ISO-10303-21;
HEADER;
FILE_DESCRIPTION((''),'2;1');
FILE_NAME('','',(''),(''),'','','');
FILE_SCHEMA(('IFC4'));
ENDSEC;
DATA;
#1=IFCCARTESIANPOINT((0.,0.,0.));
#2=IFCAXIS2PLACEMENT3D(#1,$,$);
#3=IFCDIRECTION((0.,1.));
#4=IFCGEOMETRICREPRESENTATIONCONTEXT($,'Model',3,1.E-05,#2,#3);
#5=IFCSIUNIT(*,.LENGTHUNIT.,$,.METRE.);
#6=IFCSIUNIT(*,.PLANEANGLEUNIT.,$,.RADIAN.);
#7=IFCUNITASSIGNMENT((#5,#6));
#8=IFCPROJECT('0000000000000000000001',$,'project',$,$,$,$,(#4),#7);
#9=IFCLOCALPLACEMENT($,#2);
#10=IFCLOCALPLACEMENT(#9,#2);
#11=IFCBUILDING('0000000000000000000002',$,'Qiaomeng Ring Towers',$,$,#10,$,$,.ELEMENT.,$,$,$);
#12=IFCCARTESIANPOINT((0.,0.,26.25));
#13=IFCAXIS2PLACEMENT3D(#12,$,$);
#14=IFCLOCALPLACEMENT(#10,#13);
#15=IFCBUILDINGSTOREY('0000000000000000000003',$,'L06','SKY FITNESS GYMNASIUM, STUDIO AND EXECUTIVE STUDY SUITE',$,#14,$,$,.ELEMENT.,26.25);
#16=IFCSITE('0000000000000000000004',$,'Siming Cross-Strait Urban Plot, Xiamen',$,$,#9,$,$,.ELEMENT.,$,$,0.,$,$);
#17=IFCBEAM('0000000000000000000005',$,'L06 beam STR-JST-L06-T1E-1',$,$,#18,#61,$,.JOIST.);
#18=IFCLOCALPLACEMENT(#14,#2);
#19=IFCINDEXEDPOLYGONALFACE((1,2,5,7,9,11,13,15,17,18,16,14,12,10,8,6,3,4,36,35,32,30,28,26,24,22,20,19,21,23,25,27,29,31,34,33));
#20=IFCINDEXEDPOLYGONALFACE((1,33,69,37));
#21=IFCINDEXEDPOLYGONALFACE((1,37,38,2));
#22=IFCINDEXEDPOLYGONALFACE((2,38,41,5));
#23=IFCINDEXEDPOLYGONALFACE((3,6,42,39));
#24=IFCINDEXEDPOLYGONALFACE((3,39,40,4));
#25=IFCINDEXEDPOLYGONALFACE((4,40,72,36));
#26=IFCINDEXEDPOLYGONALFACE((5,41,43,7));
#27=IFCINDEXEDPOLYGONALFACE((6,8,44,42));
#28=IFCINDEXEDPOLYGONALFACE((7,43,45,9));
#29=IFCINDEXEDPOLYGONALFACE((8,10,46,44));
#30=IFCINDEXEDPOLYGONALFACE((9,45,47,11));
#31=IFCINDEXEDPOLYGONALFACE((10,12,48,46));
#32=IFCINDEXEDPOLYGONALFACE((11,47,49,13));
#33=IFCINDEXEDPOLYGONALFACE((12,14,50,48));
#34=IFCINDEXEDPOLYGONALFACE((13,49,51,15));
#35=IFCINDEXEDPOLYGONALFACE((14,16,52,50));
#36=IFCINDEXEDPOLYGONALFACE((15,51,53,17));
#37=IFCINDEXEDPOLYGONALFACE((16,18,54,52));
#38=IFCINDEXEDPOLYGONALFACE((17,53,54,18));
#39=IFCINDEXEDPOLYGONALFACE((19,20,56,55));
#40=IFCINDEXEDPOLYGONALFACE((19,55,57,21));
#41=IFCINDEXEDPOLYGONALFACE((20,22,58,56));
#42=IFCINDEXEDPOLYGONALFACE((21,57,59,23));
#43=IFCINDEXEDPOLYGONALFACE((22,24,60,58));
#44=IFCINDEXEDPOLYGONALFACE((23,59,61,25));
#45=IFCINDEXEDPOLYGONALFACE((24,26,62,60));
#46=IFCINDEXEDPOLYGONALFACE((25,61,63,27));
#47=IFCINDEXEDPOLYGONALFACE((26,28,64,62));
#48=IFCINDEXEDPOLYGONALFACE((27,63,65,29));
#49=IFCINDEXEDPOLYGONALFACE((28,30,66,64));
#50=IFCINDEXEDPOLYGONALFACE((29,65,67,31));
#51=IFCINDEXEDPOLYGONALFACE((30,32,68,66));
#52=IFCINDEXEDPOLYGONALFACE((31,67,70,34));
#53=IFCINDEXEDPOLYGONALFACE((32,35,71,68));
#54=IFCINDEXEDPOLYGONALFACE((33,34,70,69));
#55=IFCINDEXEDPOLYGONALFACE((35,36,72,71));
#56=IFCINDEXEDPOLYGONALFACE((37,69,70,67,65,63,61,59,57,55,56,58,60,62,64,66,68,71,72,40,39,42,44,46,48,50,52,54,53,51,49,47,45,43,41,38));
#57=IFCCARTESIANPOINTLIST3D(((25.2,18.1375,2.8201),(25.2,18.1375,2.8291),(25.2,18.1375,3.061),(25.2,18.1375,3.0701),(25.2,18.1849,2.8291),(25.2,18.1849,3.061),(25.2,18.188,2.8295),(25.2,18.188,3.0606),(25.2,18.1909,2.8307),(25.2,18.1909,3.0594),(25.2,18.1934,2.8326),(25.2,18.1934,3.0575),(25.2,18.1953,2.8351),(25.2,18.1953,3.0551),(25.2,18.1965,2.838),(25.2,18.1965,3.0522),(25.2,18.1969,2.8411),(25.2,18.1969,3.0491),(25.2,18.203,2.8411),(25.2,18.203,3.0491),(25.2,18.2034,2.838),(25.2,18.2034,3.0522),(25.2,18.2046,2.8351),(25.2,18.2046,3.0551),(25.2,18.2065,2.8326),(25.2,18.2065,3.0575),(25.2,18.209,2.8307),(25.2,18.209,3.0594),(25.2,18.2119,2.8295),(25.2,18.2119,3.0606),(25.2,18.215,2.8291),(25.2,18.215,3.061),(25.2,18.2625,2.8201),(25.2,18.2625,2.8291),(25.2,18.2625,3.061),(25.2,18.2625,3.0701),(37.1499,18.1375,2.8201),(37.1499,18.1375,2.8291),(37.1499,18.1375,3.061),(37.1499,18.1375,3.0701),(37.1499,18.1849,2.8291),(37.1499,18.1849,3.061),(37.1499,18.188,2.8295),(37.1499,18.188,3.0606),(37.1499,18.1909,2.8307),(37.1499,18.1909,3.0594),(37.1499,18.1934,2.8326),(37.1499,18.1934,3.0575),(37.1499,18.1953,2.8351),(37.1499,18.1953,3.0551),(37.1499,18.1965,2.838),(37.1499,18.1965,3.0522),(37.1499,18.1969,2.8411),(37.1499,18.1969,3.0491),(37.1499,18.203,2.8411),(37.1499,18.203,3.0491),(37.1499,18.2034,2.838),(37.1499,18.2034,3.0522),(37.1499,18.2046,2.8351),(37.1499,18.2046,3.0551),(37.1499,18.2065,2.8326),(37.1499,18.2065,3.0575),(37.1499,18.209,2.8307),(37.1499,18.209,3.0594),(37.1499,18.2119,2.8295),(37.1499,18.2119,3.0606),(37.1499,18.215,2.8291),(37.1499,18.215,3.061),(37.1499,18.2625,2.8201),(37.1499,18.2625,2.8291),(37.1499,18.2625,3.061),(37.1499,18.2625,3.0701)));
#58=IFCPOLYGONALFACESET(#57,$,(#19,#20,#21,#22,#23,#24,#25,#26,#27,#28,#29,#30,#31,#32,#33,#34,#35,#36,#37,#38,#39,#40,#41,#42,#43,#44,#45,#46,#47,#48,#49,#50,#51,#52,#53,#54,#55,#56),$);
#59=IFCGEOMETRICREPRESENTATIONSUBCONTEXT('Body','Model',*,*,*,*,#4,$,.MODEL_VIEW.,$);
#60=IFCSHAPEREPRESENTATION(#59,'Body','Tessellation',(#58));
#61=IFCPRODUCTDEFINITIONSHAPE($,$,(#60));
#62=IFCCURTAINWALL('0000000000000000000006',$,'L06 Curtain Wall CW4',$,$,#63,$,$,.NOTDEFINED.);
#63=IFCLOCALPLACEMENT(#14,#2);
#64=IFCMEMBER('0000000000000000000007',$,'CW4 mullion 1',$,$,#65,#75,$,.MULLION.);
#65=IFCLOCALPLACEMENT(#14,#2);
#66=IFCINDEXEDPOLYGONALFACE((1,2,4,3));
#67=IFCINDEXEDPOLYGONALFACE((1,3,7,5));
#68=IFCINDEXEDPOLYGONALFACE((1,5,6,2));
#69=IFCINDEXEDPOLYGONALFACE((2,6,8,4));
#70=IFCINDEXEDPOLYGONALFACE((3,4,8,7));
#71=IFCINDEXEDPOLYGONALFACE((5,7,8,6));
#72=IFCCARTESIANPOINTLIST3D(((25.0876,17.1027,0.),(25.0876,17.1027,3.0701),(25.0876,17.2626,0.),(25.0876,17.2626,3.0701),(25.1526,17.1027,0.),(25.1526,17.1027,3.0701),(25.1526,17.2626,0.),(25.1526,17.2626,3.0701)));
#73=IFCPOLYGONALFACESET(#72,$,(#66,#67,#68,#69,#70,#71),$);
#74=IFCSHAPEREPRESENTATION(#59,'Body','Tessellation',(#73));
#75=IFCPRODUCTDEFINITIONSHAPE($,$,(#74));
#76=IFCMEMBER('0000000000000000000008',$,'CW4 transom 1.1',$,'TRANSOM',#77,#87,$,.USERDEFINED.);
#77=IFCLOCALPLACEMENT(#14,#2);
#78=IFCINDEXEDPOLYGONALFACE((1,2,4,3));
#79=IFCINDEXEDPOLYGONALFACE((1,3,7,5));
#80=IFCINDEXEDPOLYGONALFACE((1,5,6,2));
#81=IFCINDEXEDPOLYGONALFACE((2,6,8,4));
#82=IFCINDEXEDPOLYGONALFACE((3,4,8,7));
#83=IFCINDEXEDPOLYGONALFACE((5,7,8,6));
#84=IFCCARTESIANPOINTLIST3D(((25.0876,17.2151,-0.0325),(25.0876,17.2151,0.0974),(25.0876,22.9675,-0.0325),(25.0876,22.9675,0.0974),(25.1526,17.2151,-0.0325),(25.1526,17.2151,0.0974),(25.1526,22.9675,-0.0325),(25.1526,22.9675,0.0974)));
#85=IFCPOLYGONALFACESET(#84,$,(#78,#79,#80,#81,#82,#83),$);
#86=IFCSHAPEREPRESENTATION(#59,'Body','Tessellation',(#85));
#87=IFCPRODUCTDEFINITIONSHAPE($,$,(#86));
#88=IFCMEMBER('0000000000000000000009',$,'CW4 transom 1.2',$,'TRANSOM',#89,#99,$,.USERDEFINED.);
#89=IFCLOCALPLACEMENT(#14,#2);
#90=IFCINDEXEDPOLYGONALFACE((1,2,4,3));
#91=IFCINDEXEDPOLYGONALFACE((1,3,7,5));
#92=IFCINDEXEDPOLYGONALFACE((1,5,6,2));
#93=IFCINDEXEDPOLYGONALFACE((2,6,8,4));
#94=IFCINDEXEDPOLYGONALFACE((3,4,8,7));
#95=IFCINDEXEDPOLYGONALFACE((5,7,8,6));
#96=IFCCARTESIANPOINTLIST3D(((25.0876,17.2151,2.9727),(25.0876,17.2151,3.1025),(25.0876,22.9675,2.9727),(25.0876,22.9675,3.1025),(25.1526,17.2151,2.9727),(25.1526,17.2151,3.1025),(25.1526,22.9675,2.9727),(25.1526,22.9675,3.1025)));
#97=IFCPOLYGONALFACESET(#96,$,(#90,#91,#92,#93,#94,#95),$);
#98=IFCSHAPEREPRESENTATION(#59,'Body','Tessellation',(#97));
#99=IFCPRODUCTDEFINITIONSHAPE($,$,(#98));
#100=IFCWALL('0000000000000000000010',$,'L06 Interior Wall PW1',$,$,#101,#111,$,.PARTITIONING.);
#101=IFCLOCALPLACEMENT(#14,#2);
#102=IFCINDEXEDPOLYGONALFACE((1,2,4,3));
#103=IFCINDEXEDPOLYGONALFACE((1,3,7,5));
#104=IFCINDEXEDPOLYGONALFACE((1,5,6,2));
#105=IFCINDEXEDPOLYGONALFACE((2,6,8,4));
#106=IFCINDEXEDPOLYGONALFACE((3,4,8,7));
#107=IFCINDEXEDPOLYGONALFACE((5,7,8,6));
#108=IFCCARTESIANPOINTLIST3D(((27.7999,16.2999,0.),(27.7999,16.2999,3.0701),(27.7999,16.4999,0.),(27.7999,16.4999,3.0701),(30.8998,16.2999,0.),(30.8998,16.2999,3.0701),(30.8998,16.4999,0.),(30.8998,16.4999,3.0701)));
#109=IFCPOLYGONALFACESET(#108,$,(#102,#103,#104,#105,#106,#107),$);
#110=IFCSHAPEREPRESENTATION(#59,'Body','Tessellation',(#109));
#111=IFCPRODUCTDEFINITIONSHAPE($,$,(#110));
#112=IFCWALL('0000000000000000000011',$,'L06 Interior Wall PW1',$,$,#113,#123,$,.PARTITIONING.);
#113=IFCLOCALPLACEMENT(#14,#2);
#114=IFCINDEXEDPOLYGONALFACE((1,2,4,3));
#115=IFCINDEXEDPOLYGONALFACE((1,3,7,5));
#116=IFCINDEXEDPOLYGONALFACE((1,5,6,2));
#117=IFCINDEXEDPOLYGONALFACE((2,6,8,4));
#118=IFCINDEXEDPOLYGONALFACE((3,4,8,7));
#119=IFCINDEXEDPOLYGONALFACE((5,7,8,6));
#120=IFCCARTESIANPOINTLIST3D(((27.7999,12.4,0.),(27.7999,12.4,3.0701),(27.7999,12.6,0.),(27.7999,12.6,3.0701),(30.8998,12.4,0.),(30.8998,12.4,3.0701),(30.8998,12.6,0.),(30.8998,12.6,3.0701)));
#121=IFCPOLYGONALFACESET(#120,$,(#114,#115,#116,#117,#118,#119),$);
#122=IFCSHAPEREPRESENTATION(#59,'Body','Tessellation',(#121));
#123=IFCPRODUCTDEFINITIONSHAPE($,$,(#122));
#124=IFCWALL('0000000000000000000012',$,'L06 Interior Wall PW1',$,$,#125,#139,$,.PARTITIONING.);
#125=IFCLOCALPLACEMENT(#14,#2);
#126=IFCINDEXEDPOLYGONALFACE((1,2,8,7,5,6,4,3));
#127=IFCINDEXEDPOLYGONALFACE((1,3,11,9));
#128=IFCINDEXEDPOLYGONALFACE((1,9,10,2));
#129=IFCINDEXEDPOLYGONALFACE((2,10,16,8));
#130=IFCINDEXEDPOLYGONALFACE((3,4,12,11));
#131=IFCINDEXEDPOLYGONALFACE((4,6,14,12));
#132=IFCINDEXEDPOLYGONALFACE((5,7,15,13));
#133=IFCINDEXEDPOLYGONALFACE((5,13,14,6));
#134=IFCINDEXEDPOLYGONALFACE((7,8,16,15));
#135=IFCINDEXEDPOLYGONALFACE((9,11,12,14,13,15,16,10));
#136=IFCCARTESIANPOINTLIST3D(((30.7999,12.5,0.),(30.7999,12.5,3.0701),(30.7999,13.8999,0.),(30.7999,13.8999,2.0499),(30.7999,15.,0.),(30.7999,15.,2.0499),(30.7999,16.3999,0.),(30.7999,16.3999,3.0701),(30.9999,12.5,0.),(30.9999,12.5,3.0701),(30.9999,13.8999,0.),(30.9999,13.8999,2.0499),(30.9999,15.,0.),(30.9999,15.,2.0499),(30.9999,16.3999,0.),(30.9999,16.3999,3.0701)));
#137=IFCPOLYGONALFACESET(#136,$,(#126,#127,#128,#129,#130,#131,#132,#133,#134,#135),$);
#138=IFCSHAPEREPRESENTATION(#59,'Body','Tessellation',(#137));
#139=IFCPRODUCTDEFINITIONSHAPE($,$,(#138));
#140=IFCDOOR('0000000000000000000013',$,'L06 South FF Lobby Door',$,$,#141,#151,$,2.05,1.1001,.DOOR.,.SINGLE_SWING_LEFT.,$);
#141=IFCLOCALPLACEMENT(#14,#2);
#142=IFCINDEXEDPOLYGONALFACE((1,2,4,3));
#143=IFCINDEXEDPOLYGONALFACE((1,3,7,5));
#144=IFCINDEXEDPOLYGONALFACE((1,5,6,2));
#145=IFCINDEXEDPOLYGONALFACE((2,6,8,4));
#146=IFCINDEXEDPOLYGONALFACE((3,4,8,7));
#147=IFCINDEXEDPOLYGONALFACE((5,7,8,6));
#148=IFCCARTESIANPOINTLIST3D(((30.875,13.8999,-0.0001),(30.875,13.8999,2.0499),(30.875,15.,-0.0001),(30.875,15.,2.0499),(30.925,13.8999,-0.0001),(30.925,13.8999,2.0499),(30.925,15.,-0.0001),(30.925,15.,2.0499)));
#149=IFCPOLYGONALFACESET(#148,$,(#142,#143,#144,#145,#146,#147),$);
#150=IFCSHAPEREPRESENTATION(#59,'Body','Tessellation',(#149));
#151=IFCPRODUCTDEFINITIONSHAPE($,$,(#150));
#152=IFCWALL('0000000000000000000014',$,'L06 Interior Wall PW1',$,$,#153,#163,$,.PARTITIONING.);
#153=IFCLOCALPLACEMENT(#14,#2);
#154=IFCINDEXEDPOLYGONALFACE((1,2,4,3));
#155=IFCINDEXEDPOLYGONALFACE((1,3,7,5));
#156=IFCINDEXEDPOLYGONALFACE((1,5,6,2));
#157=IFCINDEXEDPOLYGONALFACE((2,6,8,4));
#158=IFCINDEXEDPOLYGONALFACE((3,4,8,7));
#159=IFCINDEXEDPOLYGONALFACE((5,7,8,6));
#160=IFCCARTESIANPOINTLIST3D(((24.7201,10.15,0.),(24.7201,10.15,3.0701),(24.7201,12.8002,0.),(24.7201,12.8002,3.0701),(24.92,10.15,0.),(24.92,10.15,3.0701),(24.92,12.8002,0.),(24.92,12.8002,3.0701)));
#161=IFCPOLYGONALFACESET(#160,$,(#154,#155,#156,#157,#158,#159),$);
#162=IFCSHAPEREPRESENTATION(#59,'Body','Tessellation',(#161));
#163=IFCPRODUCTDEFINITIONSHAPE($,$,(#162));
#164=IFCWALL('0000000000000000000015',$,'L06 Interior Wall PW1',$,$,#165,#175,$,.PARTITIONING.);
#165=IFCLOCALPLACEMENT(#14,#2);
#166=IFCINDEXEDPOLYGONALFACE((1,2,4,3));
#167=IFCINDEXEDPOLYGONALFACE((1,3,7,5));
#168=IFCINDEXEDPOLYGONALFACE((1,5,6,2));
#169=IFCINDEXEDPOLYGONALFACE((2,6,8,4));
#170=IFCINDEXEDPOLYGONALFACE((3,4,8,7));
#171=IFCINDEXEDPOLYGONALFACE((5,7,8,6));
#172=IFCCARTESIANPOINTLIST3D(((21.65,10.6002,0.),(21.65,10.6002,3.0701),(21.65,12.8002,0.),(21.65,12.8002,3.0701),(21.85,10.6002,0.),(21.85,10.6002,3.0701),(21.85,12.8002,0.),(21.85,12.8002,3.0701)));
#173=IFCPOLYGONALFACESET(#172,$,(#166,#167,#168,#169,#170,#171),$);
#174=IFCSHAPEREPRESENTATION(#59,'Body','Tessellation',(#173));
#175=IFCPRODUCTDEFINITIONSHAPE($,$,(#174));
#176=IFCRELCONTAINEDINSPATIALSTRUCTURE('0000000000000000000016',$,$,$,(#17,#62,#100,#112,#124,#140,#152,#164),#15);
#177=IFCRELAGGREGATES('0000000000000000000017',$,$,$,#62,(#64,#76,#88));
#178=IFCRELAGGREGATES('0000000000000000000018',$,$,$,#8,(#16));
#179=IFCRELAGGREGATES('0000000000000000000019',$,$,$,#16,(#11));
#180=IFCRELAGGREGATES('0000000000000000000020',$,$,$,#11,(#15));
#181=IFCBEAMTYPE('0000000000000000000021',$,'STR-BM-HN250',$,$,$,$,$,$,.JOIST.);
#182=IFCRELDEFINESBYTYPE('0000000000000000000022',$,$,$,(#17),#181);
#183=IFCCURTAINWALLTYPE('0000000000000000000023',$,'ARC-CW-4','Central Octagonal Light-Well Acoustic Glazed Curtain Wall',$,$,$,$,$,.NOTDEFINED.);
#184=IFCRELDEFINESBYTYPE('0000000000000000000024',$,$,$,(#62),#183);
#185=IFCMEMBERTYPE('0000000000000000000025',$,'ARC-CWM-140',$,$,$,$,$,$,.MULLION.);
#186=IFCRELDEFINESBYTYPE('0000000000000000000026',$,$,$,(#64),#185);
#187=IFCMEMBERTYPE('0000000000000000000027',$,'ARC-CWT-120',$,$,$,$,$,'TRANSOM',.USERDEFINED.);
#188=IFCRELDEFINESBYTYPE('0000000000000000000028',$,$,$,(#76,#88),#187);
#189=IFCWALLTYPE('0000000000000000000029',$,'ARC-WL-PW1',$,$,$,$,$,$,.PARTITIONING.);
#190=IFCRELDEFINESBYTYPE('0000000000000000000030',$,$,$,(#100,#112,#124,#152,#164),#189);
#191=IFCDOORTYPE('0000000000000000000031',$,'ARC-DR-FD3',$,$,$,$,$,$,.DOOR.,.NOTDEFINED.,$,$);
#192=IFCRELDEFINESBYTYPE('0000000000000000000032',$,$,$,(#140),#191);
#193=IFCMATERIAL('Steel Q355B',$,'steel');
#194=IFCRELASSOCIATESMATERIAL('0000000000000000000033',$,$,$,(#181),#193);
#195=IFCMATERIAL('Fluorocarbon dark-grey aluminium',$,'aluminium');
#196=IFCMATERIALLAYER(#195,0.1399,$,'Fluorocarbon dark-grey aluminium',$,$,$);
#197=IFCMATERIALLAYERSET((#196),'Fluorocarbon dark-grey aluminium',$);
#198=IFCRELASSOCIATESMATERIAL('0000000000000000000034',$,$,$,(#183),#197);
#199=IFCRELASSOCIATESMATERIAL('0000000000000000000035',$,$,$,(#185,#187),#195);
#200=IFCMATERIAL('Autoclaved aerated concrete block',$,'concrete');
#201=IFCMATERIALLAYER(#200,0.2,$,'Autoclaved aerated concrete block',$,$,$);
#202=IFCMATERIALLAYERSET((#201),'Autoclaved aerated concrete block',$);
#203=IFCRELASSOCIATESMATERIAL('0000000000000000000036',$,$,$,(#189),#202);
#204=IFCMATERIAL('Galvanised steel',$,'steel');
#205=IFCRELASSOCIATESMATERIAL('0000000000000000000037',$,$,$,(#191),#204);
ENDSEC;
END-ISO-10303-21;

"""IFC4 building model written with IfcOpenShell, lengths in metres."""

from ifc_helpers import new_model, si_unit, direction, frame, frame_2d, origin, origin_2d, place, context, subcontext, project, spatial, rectangle, i_section, extrude, source, transform, mapped, material, layer, layer_set, material_profile, profile_set, type_object, element, fill, aggregate, save


model = new_model("IFC4")

# Units and contexts
model_context = context("Model", 3, precision=1e-05, world=origin(), true_north=direction((0.0, 1.0)))
body_context = subcontext(model_context, "Body", "Model", "MODEL_VIEW")
ifc_project = project(units=[si_unit("LENGTHUNIT", "METRE"), si_unit("PLANEANGLEUNIT", "RADIAN")], contexts=[model_context])

# Site, building, storey
site_placement = place(None, origin())
site = spatial("IfcSite", under=ifc_project, at=site_placement, Name="Siming Cross-Strait Urban Plot, Xiamen", CompositionType="ELEMENT", RefElevation=0.0)
building_placement = place(site_placement, origin())
building = spatial("IfcBuilding", under=site, at=building_placement, Name="Qiaomeng Ring Towers", CompositionType="ELEMENT")
storey_placement = place(building_placement, frame((0.0, 0.0, 26.25)))
storey = spatial("IfcBuildingStorey", under=building, at=storey_placement, Name="L06", Description="SKY FITNESS GYMNASIUM, STUDIO AND EXECUTIVE STUDY SUITE", CompositionType="ELEMENT", Elevation=26.25)

# Beam
ifc_material_1 = material(Name="Steel Q355B", Category="steel")
ifc_material_profile_1 = material_profile(ifc_material_1, i_section(OverallWidth=0.125, OverallDepth=0.25, WebThickness=0.0061, FlangeThickness=0.009, FilletRadius=0.012, at=origin_2d()), Name="HN 250x125x6x9")
ifc_profile_set_1 = profile_set([ifc_material_profile_1], Name="Steel Q355B")
beam_type_1 = type_object("IfcBeamType", Name="STR-BM-HN250", PredefinedType="JOIST", material=ifc_profile_set_1)
shared_shape_1 = source(origin(), body_context, "Body", "SweptSolid", [
    extrude(i_section(OverallWidth=0.125, OverallDepth=0.25, WebThickness=0.0061, FlangeThickness=0.009, FilletRadius=0.012, at=origin_2d()), origin(), (0.0, 0.0, 1.0), 11.95),
])
beam_1_placement = place(storey_placement, frame((25.2, 18.2, 2.9451), z_axis=(1.0, 0.0, 0.0), x_axis=(0.0, 1.0, 0.0)))
element("IfcBeam", 1, at=beam_1_placement, inside=storey, type_object=beam_type_1, Name="L06 beam STR-JST-L06-T1E-1", PredefinedType="JOIST", context=body_context, shape_type="MappedRepresentation", body=[
    mapped(shared_shape_1, transform((0.0, 0.0, 0.0), x_axis=(1.0, 0.0, 0.0), y_axis=(0.0, 1.0, 0.0), z_axis=(0.0, 0.0, 1.0), scale=1.0)),
])

# Curtain wall, members
ifc_material_2 = material(Name="Fluorocarbon dark-grey aluminium", Category="aluminium")
ifc_layer_1 = layer(ifc_material_2, 0.1399, Name="Fluorocarbon dark-grey aluminium")
ifc_layer_set_1 = layer_set([ifc_layer_1], Name="Fluorocarbon dark-grey aluminium")
curtain_wall_type = type_object("IfcCurtainWallType", Name="ARC-CW-4", Description="Central Octagonal Light-Well Acoustic Glazed Curtain Wall", PredefinedType="NOTDEFINED", material=ifc_layer_set_1)
curtain_wall_placement = place(storey_placement, origin())
curtain_wall = element("IfcCurtainWall", 2, at=curtain_wall_placement, inside=storey, type_object=curtain_wall_type, Name="L06 Curtain Wall CW4", PredefinedType="NOTDEFINED")
ifc_material_profile_2 = material_profile(ifc_material_2, rectangle(XDim=0.0649, YDim=0.1599, at=origin_2d()), Name="ALU MULL 65x160")
ifc_profile_set_2 = profile_set([ifc_material_profile_2], Name="Fluorocarbon dark-grey aluminium")
member_type_1 = type_object("IfcMemberType", Name="ARC-CWM-140", PredefinedType="MULLION", material=ifc_profile_set_2)
shared_shape_2 = source(origin(), body_context, "Body", "SweptSolid", [
    extrude(rectangle(XDim=0.0649, YDim=0.1599, at=origin_2d()), origin(), (0.0, 0.0, 1.0), 3.0701),
])
member_1_placement = place(storey_placement, frame((25.1201, 17.1826, 0.0), z_axis=(0.0, 0.0, 1.0), x_axis=(-1.0, 0.0, 0.0)))
member_1 = element("IfcMember", 3, at=member_1_placement, type_object=member_type_1, Name="CW4 mullion 1", PredefinedType="MULLION", context=body_context, shape_type="MappedRepresentation", body=[
    mapped(shared_shape_2, transform((0.0, 0.0, 0.0), x_axis=(1.0, 0.0, 0.0), y_axis=(0.0, 1.0, 0.0), z_axis=(0.0, 0.0, 1.0), scale=1.0)),
])
ifc_material_profile_3 = material_profile(ifc_material_2, rectangle(XDim=0.0649, YDim=0.1299, at=origin_2d()), Name="ALU TRAN 65x130")
ifc_profile_set_3 = profile_set([ifc_material_profile_3], Name="Fluorocarbon dark-grey aluminium")
member_type_2 = type_object("IfcMemberType", Name="ARC-CWT-120", ElementType="TRANSOM", PredefinedType="USERDEFINED", material=ifc_profile_set_3)
shared_shape_3 = source(origin(), body_context, "Body", "SweptSolid", [
    extrude(rectangle(XDim=0.0649, YDim=0.1299, at=origin_2d()), origin(), (0.0, 0.0, 1.0), 5.7524),
])
member_2_placement = place(storey_placement, frame((25.1201, 17.2151, 0.0325), z_axis=(0.0, 1.0, 0.0), x_axis=(-1.0, 0.0, 0.0)))
member_2 = element("IfcMember", 4, at=member_2_placement, type_object=member_type_2, Name="CW4 transom 1.1", ObjectType="TRANSOM", PredefinedType="USERDEFINED", context=body_context, shape_type="MappedRepresentation", body=[
    mapped(shared_shape_3, transform((0.0, 0.0, 0.0), x_axis=(1.0, 0.0, 0.0), y_axis=(0.0, 1.0, 0.0), z_axis=(0.0, 0.0, 1.0), scale=1.0)),
])
member_3_placement = place(storey_placement, frame((25.1201, 17.2151, 3.0376), z_axis=(0.0, 1.0, 0.0), x_axis=(-1.0, 0.0, 0.0)))
member_3 = element("IfcMember", 5, at=member_3_placement, type_object=member_type_2, Name="CW4 transom 1.2", ObjectType="TRANSOM", PredefinedType="USERDEFINED", context=body_context, shape_type="MappedRepresentation", body=[
    mapped(shared_shape_3, transform((0.0, 0.0, 0.0), x_axis=(1.0, 0.0, 0.0), y_axis=(0.0, 1.0, 0.0), z_axis=(0.0, 0.0, 1.0), scale=1.0)),
])
aggregate(curtain_wall, [member_1, member_2, member_3])

# Walls
ifc_material_3 = material(Name="Autoclaved aerated concrete block", Category="concrete")
ifc_layer_2 = layer(ifc_material_3, 0.2, Name="Autoclaved aerated concrete block")
ifc_layer_set_2 = layer_set([ifc_layer_2], Name="Autoclaved aerated concrete block")
wall_type_1 = type_object("IfcWallType", Name="ARC-WL-PW1", PredefinedType="PARTITIONING", material=ifc_layer_set_2)
for number, where, z_axis, x_axis, name in (
    (6, (27.8, 16.3999, 0.0), (0.0, 0.0, 1.0), (1.0, 0.0, 0.0), "L06 Interior Wall PW1"),
    (7, (27.8, 12.5, 0.0), (0.0, 0.0, 1.0), (1.0, 0.0, 0.0), "L06 Interior Wall PW1"),
):
    element("IfcWall", number, at=place(storey_placement, frame(where, z_axis=z_axis, x_axis=x_axis)), inside=storey, type_object=wall_type_1, Name=name, PredefinedType="PARTITIONING", context=body_context, shape_type="SweptSolid", body=[
        extrude(rectangle(XDim=3.0999, YDim=0.2, at=frame_2d((1.5498, 0.0))), origin(), (0.0, 0.0, 1.0), 3.0701),
    ])

# Wall, opening, door
wall_1_placement = place(storey_placement, frame((30.8999, 12.5, 0.0), z_axis=(0.0, 0.0, 1.0), x_axis=(0.0, 1.0, 0.0)))
wall_1 = element("IfcWall", 8, at=wall_1_placement, inside=storey, type_object=wall_type_1, Name="L06 Interior Wall PW1", PredefinedType="PARTITIONING", context=body_context, shape_type="SweptSolid", body=[
    extrude(rectangle(XDim=3.8999, YDim=0.2, at=frame_2d((1.95, 0.0))), origin(), (0.0, 0.0, 1.0), 3.0701),
])
opening_1_placement = place(wall_1_placement, frame((1.3999, 0.0, 0.0)))
opening_1 = element("IfcOpeningElement", 9, at=opening_1_placement, cuts=wall_1, PredefinedType="OPENING", context=body_context, shape_type="SweptSolid", body=[
    extrude(rectangle(XDim=1.1001, YDim=2.05, at=frame_2d((0.55, 1.0249))), frame((0.0, 0.1099, 0.0), z_axis=(0.0, -1.0, 0.0), x_axis=(1.0, 0.0, 0.0)), (0.0, 0.0, 1.0), 0.22),
])
ifc_material_4 = material(Name="Galvanised steel", Category="steel")
door_type_1 = type_object("IfcDoorType", Name="ARC-DR-FD3", OperationType="NOTDEFINED", PredefinedType="DOOR", material=ifc_material_4)
shared_shape_4 = source(origin(), body_context, "Body", "SweptSolid", [
    extrude(rectangle(XDim=1.1001, YDim=2.05, at=frame_2d((0.55, 1.0249))), frame((0.0, 0.0249, 0.0), z_axis=(0.0, -1.0, 0.0), x_axis=(1.0, 0.0, 0.0)), (0.0, 0.0, 1.0), 0.05),
])
door_1_placement = place(opening_1_placement, origin())
door_1 = element("IfcDoor", 10, at=door_1_placement, inside=storey, type_object=door_type_1, Name="L06 South FF Lobby Door", OperationType="SINGLE_SWING_LEFT", OverallHeight=2.05, OverallWidth=1.1001, PredefinedType="DOOR", context=body_context, shape_type="MappedRepresentation", body=[
    mapped(shared_shape_4, transform((0.0, 0.0, 0.0), x_axis=(1.0, 0.0, 0.0), y_axis=(0.0, 1.0, 0.0), z_axis=(0.0, 0.0, 1.0), scale=1.0)),
])
fill(opening_1, door_1)

# Walls
wall_2_placement = place(storey_placement, frame((24.8201, 10.1499, 0.0), z_axis=(0.0, 0.0, 1.0), x_axis=(0.0, 1.0, 0.0)))
element("IfcWall", 11, at=wall_2_placement, inside=storey, type_object=wall_type_1, Name="L06 Interior Wall PW1", PredefinedType="PARTITIONING", context=body_context, shape_type="SweptSolid", body=[
    extrude(rectangle(XDim=2.6501, YDim=0.2, at=frame_2d((1.3252, 0.0))), origin(), (0.0, 0.0, 1.0), 3.0701),
])
wall_3_placement = place(storey_placement, frame((21.75, 10.6001, 0.0), z_axis=(0.0, 0.0, 1.0), x_axis=(0.0, 1.0, 0.0)))
element("IfcWall", 12, at=wall_3_placement, inside=storey, type_object=wall_type_1, Name="L06 Interior Wall PW1", PredefinedType="PARTITIONING", context=body_context, shape_type="SweptSolid", body=[
    extrude(rectangle(XDim=2.2, YDim=0.2, at=frame_2d((1.1001, 0.0))), origin(), (0.0, 0.0, 1.0), 3.0701),
])

save(model, "model.ifc")
